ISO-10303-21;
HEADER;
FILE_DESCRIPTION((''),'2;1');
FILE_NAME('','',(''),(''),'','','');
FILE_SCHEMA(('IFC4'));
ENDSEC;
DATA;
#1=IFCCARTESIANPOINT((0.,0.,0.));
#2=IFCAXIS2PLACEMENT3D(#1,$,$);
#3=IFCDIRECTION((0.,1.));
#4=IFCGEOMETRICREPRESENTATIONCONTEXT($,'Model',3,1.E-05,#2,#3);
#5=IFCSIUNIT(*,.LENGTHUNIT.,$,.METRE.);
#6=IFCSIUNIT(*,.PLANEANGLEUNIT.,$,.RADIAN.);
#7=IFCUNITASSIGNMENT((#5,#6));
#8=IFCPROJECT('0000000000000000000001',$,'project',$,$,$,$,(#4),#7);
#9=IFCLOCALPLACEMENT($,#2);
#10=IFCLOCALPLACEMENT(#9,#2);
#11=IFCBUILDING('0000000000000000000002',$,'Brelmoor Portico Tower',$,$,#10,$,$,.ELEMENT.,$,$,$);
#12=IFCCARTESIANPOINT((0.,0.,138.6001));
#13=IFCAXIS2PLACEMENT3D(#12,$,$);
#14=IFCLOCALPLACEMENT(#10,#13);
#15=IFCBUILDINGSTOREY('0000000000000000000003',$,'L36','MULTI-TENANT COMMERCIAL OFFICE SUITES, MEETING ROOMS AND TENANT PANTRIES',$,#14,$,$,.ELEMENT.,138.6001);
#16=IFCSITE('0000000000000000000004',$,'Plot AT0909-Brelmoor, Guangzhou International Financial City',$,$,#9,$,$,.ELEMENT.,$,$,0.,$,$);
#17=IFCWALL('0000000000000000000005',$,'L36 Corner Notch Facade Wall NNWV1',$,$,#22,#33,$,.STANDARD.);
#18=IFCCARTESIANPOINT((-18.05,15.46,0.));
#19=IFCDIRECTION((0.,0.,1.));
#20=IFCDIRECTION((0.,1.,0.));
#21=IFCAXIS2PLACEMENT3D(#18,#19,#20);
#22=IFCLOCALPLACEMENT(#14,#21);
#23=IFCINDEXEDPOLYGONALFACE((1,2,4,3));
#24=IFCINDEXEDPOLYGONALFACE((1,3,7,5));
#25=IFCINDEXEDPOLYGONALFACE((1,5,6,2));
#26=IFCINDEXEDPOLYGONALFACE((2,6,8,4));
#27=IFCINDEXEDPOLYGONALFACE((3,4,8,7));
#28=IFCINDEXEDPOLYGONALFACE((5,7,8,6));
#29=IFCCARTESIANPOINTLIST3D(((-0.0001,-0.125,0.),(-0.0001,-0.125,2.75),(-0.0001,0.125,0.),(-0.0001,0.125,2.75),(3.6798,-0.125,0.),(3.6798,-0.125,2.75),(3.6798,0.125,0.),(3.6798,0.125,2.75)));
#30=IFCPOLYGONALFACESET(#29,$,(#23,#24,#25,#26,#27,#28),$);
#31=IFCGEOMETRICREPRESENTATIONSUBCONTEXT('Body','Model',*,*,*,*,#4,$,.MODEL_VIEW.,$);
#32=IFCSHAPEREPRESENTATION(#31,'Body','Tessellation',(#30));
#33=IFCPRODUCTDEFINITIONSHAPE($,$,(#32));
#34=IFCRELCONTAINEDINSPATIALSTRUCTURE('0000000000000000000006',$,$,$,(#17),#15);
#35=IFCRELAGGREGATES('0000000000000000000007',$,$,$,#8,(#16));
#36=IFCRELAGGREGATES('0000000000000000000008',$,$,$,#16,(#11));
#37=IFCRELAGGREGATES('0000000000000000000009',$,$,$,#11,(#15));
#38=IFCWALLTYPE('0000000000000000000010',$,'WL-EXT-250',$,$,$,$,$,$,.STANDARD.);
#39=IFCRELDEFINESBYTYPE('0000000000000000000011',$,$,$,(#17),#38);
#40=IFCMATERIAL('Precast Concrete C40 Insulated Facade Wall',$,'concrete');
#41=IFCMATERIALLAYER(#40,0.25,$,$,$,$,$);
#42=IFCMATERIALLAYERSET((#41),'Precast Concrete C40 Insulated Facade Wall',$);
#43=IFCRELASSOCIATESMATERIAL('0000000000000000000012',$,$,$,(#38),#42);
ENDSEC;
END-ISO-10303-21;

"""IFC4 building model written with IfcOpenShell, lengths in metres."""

from ifc_helpers import new_model, si_unit, direction, frame, frame_2d, origin, place, context, subcontext, project, spatial, rectangle, extrude, material, layer, layer_set, type_object, element, save


model = new_model("IFC4")

# Units and contexts
model_context = context("Model", 3, precision=1e-05, world=origin(), true_north=direction((0.0, 1.0)))
body_context = subcontext(model_context, "Body", "Model", "MODEL_VIEW")
ifc_project = project(units=[si_unit("LENGTHUNIT", "METRE"), si_unit("PLANEANGLEUNIT", "RADIAN")], contexts=[model_context])

# Site, building, storey
site_placement = place(None, origin())
site = spatial("IfcSite", under=ifc_project, at=site_placement, Name="Plot AT0909-Brelmoor, Guangzhou International Financial City", CompositionType="ELEMENT", RefElevation=0.0)
building_placement = place(site_placement, origin())
building = spatial("IfcBuilding", under=site, at=building_placement, Name="Brelmoor Portico Tower", CompositionType="ELEMENT")
storey_placement = place(building_placement, frame((0.0, 0.0, 138.6001)))
storey = spatial("IfcBuildingStorey", under=building, at=storey_placement, Name="L36", Description="MULTI-TENANT COMMERCIAL OFFICE SUITES, MEETING ROOMS AND TENANT PANTRIES", CompositionType="ELEMENT", Elevation=138.6001)

# Shared definitions
ifc_material_1 = material(Name="Precast Concrete C40 Insulated Facade Wall", Category="concrete")
ifc_layer_1 = layer(ifc_material_1, 0.25)
ifc_layer_set_1 = layer_set([ifc_layer_1], Name="Precast Concrete C40 Insulated Facade Wall")
wall_type_1 = type_object("IfcWallType", Name="WL-EXT-250", PredefinedType="STANDARD", material=ifc_layer_set_1)

# Wall
for number, where, z_axis, x_axis, name in (
    (1, (-18.05, 15.46, 0.0), (0.0, 0.0, 1.0), (0.0, 1.0, 0.0), "L36 Corner Notch Facade Wall NNWV1"),
):
    element("IfcWall", number, at=place(storey_placement, frame(where, z_axis=z_axis, x_axis=x_axis)), inside=storey, type_object=wall_type_1, Name=name, PredefinedType="STANDARD", context=body_context, shape_type="SweptSolid", body=[
        extrude(rectangle(XDim=3.6799, YDim=0.25, at=frame_2d((1.8398, 0.0))), origin(), (0.0, 0.0, 1.0), 2.75),
    ])

save(model, "model.ifc")
